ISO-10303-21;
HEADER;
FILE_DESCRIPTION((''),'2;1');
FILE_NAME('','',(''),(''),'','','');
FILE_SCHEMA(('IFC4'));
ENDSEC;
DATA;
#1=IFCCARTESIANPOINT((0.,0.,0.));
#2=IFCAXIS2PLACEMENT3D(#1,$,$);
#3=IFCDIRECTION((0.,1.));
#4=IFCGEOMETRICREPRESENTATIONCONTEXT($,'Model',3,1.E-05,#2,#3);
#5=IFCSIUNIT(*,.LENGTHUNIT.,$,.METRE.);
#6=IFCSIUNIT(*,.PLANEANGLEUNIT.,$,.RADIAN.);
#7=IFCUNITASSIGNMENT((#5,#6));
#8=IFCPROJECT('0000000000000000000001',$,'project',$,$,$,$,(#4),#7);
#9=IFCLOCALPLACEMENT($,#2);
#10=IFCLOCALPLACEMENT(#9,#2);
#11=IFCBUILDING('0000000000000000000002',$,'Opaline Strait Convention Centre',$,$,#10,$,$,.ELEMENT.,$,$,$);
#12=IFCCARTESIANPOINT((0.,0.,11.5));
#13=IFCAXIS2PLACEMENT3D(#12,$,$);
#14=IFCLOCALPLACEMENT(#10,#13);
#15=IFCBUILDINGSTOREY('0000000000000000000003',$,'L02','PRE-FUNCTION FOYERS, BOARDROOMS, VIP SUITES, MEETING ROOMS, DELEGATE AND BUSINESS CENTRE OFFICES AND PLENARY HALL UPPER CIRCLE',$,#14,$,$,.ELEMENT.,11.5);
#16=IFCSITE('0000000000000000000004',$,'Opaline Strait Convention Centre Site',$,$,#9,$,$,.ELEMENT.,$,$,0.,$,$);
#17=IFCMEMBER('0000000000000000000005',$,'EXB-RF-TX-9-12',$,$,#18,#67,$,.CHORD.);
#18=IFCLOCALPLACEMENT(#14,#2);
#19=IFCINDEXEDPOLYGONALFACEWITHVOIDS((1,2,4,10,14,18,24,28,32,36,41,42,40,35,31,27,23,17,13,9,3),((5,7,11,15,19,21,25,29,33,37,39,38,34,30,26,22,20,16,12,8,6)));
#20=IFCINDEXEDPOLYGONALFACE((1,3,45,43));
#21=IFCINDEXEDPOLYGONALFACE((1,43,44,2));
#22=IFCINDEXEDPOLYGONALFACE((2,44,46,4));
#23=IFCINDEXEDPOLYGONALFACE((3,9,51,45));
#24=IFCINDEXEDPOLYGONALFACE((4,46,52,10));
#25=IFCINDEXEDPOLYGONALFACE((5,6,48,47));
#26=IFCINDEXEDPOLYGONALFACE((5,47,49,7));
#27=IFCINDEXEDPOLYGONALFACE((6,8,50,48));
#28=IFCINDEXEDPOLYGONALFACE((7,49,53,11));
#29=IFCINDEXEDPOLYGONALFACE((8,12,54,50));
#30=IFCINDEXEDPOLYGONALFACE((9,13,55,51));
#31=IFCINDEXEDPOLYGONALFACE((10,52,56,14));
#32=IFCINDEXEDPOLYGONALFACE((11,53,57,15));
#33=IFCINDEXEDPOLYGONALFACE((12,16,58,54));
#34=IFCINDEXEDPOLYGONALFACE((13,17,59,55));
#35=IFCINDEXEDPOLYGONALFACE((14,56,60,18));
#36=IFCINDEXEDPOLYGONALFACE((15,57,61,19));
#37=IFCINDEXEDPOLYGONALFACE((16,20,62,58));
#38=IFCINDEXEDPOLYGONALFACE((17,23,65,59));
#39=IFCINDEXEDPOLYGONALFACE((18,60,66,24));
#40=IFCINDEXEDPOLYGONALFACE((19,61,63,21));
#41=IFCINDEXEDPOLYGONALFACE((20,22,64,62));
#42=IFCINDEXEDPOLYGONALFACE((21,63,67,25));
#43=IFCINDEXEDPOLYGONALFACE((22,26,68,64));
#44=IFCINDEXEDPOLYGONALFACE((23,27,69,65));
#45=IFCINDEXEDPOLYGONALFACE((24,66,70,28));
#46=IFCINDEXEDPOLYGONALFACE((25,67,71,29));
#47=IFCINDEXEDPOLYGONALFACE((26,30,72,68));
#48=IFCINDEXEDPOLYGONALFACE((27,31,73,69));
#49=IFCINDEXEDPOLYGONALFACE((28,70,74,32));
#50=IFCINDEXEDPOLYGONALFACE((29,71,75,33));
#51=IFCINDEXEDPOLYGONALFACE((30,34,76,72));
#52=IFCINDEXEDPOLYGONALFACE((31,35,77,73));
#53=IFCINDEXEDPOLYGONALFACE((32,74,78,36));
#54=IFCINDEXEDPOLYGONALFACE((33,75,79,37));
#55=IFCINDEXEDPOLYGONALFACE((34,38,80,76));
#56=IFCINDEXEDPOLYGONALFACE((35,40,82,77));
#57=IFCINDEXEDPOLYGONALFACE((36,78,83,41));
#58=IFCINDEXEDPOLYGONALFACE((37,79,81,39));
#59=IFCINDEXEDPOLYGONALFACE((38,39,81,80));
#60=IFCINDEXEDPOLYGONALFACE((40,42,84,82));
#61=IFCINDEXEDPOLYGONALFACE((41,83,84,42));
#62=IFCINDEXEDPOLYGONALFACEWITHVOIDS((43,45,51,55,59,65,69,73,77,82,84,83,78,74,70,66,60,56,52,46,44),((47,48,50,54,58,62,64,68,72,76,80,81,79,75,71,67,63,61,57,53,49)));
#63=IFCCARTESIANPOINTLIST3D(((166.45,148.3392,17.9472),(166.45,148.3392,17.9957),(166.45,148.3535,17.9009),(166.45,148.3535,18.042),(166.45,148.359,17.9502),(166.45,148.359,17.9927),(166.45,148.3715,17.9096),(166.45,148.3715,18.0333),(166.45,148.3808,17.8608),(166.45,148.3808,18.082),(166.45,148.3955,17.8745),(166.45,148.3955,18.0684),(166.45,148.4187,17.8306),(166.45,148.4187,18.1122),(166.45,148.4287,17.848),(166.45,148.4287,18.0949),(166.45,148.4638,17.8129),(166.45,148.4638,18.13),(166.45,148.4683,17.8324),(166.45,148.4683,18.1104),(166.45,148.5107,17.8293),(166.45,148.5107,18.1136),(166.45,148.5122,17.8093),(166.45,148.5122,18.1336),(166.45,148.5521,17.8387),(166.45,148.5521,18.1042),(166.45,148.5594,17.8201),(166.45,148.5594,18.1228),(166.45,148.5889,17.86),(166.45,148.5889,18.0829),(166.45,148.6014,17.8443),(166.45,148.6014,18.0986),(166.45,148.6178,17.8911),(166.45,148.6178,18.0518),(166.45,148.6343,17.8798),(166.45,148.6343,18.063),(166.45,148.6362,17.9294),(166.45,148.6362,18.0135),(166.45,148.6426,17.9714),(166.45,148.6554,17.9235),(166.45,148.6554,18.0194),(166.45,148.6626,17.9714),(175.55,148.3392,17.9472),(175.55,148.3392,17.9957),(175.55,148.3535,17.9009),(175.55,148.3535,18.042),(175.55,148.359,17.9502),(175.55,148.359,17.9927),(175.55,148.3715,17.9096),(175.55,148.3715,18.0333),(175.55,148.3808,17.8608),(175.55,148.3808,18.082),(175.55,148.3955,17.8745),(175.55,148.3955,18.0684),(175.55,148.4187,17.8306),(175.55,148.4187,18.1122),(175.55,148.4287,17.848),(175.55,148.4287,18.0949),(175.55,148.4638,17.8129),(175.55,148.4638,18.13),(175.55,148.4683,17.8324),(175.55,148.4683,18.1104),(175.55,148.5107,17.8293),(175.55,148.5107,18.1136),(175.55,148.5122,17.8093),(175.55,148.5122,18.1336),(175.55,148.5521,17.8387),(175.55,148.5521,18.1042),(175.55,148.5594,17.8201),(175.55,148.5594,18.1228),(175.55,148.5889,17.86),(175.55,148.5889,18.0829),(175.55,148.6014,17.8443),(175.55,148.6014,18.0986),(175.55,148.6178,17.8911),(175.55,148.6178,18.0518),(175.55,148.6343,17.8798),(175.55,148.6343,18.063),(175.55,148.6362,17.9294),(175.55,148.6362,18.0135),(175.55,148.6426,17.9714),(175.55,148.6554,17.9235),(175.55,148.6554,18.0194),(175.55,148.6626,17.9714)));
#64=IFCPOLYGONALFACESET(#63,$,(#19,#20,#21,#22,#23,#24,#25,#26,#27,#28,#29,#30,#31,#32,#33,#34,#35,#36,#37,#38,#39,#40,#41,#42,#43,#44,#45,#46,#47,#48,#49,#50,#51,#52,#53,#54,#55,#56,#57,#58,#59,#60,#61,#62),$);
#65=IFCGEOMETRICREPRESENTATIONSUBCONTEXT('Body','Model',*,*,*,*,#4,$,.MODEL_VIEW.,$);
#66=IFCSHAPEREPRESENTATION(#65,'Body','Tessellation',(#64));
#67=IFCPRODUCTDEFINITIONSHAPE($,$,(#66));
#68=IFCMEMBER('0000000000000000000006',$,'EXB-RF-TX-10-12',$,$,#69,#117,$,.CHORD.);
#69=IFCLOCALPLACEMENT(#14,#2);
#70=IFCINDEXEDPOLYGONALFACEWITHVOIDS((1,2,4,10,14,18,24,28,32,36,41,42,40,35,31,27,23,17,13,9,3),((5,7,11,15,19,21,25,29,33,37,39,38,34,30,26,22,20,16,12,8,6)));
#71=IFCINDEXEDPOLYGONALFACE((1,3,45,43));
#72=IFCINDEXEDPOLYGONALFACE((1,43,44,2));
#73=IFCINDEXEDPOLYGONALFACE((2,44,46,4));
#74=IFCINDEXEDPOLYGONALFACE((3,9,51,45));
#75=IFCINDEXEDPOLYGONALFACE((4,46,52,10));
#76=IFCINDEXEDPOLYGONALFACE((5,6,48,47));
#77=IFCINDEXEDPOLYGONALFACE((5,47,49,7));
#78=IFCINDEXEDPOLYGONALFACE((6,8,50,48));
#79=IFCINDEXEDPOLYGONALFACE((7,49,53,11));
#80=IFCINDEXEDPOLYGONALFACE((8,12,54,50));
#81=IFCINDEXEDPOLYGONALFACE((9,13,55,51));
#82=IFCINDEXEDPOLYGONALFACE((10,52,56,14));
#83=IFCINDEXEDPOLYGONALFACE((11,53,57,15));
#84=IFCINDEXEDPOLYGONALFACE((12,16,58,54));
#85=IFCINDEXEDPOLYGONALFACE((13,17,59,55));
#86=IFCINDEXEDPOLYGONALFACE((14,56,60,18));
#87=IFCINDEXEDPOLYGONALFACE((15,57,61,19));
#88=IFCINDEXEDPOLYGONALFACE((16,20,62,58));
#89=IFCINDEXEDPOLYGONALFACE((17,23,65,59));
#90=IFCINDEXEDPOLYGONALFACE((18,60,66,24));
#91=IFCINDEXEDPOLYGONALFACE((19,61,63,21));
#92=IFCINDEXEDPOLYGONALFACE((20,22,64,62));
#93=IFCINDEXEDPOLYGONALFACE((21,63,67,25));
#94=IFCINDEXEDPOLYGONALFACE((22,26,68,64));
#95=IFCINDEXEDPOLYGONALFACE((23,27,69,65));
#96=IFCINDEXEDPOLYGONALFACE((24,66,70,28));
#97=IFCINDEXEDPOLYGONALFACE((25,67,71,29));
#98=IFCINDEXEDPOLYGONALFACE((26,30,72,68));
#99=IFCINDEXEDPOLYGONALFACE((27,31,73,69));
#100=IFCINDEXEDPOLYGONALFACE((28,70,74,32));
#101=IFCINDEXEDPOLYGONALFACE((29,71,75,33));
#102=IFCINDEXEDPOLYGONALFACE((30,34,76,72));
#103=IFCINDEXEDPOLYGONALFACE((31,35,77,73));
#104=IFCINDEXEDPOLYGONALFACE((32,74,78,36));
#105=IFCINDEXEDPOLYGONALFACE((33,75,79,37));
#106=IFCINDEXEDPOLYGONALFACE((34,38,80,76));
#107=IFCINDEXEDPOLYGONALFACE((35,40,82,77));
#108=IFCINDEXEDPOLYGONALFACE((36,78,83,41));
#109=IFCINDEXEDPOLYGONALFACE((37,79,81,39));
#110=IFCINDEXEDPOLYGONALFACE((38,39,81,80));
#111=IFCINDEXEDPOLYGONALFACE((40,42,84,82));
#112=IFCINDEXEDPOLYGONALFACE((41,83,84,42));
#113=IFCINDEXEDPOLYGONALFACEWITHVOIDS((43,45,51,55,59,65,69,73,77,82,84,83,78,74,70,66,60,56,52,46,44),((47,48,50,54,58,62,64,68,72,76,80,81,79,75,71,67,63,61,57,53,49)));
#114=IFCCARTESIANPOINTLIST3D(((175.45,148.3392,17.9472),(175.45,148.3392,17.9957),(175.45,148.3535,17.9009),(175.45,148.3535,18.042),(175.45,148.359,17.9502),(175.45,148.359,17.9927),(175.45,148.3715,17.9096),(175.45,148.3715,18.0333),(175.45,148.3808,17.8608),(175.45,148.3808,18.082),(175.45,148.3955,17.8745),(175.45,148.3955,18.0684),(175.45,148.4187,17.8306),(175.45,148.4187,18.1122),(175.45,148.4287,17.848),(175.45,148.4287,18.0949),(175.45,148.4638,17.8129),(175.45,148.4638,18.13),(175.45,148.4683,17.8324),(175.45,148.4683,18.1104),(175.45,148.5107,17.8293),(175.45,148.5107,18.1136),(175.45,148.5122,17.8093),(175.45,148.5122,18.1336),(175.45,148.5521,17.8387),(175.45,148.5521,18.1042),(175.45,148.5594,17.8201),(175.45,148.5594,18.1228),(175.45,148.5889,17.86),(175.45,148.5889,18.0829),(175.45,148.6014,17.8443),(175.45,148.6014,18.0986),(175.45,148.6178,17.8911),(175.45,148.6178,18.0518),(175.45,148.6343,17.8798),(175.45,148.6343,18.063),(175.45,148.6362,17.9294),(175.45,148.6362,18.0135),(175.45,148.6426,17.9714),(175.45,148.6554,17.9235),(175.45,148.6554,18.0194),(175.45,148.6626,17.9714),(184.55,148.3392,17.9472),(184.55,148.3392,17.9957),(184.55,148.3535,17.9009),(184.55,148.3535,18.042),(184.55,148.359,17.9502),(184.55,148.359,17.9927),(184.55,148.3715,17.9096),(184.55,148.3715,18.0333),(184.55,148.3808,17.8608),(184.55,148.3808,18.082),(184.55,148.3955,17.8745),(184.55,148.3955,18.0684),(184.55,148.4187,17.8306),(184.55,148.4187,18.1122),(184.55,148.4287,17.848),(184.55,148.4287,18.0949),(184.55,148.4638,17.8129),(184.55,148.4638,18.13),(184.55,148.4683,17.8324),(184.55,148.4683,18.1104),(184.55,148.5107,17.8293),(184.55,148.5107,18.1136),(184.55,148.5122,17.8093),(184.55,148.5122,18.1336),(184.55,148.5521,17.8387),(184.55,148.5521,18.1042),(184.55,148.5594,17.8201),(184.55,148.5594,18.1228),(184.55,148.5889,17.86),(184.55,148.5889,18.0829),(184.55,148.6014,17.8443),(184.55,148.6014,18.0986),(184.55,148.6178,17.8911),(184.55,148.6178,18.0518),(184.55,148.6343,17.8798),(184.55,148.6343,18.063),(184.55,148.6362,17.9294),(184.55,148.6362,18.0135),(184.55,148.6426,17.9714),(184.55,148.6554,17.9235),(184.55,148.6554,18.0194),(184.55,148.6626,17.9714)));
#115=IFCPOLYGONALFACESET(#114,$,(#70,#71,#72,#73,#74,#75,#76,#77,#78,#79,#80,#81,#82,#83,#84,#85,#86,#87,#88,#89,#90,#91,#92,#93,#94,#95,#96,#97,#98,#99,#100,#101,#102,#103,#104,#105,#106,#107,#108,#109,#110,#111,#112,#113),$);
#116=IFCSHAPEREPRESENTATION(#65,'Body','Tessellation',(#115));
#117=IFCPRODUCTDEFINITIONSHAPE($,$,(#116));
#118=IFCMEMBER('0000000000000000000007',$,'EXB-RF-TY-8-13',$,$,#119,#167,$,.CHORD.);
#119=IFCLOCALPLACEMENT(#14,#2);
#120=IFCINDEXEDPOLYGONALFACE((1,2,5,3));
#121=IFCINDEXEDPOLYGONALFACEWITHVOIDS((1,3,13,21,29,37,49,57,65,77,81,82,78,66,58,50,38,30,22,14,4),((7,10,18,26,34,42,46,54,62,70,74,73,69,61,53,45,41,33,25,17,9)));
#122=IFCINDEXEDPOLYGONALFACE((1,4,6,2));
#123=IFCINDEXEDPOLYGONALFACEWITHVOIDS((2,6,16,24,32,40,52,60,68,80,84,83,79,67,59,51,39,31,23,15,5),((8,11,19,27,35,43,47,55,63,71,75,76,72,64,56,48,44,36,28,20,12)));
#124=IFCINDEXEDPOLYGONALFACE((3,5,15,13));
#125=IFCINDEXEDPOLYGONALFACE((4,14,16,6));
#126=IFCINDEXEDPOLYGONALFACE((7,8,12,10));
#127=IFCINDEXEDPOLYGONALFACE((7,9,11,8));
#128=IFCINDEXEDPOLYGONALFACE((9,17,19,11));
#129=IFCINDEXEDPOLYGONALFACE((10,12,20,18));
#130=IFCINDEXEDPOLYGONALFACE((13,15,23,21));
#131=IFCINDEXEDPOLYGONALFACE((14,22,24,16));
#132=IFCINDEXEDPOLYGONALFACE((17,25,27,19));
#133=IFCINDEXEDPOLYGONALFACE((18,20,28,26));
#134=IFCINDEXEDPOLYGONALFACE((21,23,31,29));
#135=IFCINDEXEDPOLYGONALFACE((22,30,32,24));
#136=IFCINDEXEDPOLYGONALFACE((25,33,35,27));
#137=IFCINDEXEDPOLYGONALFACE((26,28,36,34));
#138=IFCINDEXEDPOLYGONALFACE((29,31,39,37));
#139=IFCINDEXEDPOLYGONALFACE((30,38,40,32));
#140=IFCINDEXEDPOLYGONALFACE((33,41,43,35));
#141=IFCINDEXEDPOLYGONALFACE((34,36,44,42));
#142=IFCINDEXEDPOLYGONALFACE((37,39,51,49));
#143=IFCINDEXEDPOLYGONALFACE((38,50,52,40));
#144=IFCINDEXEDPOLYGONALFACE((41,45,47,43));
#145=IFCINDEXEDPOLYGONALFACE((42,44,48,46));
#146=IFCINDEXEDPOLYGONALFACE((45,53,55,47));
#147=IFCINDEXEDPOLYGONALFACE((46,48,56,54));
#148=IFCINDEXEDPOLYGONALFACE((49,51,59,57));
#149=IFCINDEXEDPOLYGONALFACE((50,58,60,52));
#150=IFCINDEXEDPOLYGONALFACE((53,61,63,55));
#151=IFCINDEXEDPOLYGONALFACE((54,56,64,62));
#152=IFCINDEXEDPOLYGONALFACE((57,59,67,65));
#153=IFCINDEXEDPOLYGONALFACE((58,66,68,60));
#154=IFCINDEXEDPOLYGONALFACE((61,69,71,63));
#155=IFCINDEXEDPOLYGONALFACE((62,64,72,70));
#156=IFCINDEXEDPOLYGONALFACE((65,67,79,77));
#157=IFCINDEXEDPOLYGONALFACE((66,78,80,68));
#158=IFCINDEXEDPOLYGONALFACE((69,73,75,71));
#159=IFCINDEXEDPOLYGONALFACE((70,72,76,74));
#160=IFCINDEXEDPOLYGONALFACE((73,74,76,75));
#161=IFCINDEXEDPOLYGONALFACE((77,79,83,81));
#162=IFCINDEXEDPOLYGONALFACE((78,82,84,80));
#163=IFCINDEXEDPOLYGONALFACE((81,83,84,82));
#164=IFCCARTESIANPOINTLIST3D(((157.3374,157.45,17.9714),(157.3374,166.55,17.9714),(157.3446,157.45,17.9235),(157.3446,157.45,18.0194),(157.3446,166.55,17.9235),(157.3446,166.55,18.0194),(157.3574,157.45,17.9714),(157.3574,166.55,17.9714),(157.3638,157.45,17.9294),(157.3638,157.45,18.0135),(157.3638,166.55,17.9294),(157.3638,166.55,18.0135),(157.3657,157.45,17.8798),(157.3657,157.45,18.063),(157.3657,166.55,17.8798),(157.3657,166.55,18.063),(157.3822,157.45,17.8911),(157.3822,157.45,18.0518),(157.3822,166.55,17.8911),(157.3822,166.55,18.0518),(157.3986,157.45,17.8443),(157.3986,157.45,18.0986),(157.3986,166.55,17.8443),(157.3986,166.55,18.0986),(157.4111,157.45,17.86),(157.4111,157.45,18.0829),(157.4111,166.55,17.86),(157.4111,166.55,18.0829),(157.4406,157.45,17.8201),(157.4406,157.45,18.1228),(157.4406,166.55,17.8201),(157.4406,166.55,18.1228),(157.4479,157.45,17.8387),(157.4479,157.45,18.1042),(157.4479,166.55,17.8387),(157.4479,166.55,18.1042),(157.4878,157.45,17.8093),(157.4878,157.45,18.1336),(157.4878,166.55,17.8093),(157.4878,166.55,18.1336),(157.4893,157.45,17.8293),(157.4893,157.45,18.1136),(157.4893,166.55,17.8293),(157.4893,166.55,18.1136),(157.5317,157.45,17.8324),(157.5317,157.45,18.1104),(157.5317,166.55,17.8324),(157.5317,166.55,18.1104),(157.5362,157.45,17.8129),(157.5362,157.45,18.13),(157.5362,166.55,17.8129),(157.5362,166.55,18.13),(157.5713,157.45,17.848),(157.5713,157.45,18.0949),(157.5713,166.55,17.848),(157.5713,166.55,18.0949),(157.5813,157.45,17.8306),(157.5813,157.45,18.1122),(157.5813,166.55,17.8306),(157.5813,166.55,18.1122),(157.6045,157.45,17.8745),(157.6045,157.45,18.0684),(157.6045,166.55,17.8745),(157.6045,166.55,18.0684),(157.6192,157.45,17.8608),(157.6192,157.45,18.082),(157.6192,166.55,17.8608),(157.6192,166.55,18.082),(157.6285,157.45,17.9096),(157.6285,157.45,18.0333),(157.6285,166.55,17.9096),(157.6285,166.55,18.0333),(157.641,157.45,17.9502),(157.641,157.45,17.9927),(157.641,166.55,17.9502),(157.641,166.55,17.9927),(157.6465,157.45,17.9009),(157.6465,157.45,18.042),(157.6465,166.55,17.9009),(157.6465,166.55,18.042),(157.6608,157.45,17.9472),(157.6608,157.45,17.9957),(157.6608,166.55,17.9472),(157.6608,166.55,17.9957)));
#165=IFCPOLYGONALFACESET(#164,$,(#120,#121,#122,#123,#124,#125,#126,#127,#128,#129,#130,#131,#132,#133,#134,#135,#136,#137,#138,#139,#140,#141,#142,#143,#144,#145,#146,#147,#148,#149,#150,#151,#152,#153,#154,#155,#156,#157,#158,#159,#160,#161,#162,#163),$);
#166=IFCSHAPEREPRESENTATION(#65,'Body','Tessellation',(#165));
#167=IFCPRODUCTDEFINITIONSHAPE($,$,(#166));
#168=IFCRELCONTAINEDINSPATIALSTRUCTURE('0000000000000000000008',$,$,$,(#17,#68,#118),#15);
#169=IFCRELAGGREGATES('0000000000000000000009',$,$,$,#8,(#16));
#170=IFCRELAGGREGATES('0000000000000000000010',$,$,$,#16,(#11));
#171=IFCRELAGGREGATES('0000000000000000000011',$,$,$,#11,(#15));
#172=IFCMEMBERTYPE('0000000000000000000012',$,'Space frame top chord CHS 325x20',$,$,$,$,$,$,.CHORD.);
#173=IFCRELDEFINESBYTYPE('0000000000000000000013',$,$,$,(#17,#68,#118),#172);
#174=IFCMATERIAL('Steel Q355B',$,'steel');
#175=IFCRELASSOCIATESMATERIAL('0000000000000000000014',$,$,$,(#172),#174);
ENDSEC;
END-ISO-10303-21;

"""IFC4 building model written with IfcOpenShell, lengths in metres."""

from ifc_helpers import new_model, si_unit, direction, frame, origin, origin_2d, place, context, subcontext, project, spatial, hollow_circle, extrude, material, material_profile, profile_set, type_object, element, save


model = new_model("IFC4")

# Units and contexts
model_context = context("Model", 3, precision=1e-05, world=origin(), true_north=direction((0.0, 1.0)))
body_context = subcontext(model_context, "Body", "Model", "MODEL_VIEW")
ifc_project = project(units=[si_unit("LENGTHUNIT", "METRE"), si_unit("PLANEANGLEUNIT", "RADIAN")], contexts=[model_context])

# Site, building, storey
site_placement = place(None, origin())
site = spatial("IfcSite", under=ifc_project, at=site_placement, Name="Opaline Strait Convention Centre Site", CompositionType="ELEMENT", RefElevation=0.0)
building_placement = place(site_placement, origin())
building = spatial("IfcBuilding", under=site, at=building_placement, Name="Opaline Strait Convention Centre", CompositionType="ELEMENT")
storey_placement = place(building_placement, frame((0.0, 0.0, 11.5)))
storey = spatial("IfcBuildingStorey", under=building, at=storey_placement, Name="L02", Description="PRE-FUNCTION FOYERS, BOARDROOMS, VIP SUITES, MEETING ROOMS, DELEGATE AND BUSINESS CENTRE OFFICES AND PLENARY HALL UPPER CIRCLE", CompositionType="ELEMENT", Elevation=11.5)

# Shared definitions
ifc_material_1 = material(Name="Steel Q355B", Category="steel")

# Members
ifc_material_profile_1 = material_profile(ifc_material_1, hollow_circle(Radius=0.1626, WallThickness=0.02, at=origin_2d()), Name="CHS 325x20")
ifc_profile_set_1 = profile_set([ifc_material_profile_1], Name="Steel Q355B")
member_type_1 = type_object("IfcMemberType", Name="Space frame top chord CHS 325x20", PredefinedType="CHORD", material=ifc_profile_set_1)
for number, where, z_axis, x_axis, name in (
    (1, (166.45, 148.5, 17.9714), (1.0, 0.0, 0.0), (0.0, 1.0, 0.0), "EXB-RF-TX-9-12"),
    (2, (175.45, 148.5, 17.9714), (1.0, 0.0, 0.0), (0.0, 1.0, 0.0), "EXB-RF-TX-10-12"),
    (3, (157.5, 157.45, 17.9714), (0.0, 1.0, 0.0), (-1.0, 0.0, 0.0), "EXB-RF-TY-8-13"),
):
    element("IfcMember", number, at=place(storey_placement, frame(where, z_axis=z_axis, x_axis=x_axis)), inside=storey, type_object=member_type_1, Name=name, PredefinedType="CHORD", context=body_context, shape_type="SweptSolid", body=[
        extrude(hollow_circle(Radius=0.1626, WallThickness=0.02, at=origin_2d()), origin(), (0.0, 0.0, 1.0), 9.1001),
    ])

save(model, "model.ifc")
